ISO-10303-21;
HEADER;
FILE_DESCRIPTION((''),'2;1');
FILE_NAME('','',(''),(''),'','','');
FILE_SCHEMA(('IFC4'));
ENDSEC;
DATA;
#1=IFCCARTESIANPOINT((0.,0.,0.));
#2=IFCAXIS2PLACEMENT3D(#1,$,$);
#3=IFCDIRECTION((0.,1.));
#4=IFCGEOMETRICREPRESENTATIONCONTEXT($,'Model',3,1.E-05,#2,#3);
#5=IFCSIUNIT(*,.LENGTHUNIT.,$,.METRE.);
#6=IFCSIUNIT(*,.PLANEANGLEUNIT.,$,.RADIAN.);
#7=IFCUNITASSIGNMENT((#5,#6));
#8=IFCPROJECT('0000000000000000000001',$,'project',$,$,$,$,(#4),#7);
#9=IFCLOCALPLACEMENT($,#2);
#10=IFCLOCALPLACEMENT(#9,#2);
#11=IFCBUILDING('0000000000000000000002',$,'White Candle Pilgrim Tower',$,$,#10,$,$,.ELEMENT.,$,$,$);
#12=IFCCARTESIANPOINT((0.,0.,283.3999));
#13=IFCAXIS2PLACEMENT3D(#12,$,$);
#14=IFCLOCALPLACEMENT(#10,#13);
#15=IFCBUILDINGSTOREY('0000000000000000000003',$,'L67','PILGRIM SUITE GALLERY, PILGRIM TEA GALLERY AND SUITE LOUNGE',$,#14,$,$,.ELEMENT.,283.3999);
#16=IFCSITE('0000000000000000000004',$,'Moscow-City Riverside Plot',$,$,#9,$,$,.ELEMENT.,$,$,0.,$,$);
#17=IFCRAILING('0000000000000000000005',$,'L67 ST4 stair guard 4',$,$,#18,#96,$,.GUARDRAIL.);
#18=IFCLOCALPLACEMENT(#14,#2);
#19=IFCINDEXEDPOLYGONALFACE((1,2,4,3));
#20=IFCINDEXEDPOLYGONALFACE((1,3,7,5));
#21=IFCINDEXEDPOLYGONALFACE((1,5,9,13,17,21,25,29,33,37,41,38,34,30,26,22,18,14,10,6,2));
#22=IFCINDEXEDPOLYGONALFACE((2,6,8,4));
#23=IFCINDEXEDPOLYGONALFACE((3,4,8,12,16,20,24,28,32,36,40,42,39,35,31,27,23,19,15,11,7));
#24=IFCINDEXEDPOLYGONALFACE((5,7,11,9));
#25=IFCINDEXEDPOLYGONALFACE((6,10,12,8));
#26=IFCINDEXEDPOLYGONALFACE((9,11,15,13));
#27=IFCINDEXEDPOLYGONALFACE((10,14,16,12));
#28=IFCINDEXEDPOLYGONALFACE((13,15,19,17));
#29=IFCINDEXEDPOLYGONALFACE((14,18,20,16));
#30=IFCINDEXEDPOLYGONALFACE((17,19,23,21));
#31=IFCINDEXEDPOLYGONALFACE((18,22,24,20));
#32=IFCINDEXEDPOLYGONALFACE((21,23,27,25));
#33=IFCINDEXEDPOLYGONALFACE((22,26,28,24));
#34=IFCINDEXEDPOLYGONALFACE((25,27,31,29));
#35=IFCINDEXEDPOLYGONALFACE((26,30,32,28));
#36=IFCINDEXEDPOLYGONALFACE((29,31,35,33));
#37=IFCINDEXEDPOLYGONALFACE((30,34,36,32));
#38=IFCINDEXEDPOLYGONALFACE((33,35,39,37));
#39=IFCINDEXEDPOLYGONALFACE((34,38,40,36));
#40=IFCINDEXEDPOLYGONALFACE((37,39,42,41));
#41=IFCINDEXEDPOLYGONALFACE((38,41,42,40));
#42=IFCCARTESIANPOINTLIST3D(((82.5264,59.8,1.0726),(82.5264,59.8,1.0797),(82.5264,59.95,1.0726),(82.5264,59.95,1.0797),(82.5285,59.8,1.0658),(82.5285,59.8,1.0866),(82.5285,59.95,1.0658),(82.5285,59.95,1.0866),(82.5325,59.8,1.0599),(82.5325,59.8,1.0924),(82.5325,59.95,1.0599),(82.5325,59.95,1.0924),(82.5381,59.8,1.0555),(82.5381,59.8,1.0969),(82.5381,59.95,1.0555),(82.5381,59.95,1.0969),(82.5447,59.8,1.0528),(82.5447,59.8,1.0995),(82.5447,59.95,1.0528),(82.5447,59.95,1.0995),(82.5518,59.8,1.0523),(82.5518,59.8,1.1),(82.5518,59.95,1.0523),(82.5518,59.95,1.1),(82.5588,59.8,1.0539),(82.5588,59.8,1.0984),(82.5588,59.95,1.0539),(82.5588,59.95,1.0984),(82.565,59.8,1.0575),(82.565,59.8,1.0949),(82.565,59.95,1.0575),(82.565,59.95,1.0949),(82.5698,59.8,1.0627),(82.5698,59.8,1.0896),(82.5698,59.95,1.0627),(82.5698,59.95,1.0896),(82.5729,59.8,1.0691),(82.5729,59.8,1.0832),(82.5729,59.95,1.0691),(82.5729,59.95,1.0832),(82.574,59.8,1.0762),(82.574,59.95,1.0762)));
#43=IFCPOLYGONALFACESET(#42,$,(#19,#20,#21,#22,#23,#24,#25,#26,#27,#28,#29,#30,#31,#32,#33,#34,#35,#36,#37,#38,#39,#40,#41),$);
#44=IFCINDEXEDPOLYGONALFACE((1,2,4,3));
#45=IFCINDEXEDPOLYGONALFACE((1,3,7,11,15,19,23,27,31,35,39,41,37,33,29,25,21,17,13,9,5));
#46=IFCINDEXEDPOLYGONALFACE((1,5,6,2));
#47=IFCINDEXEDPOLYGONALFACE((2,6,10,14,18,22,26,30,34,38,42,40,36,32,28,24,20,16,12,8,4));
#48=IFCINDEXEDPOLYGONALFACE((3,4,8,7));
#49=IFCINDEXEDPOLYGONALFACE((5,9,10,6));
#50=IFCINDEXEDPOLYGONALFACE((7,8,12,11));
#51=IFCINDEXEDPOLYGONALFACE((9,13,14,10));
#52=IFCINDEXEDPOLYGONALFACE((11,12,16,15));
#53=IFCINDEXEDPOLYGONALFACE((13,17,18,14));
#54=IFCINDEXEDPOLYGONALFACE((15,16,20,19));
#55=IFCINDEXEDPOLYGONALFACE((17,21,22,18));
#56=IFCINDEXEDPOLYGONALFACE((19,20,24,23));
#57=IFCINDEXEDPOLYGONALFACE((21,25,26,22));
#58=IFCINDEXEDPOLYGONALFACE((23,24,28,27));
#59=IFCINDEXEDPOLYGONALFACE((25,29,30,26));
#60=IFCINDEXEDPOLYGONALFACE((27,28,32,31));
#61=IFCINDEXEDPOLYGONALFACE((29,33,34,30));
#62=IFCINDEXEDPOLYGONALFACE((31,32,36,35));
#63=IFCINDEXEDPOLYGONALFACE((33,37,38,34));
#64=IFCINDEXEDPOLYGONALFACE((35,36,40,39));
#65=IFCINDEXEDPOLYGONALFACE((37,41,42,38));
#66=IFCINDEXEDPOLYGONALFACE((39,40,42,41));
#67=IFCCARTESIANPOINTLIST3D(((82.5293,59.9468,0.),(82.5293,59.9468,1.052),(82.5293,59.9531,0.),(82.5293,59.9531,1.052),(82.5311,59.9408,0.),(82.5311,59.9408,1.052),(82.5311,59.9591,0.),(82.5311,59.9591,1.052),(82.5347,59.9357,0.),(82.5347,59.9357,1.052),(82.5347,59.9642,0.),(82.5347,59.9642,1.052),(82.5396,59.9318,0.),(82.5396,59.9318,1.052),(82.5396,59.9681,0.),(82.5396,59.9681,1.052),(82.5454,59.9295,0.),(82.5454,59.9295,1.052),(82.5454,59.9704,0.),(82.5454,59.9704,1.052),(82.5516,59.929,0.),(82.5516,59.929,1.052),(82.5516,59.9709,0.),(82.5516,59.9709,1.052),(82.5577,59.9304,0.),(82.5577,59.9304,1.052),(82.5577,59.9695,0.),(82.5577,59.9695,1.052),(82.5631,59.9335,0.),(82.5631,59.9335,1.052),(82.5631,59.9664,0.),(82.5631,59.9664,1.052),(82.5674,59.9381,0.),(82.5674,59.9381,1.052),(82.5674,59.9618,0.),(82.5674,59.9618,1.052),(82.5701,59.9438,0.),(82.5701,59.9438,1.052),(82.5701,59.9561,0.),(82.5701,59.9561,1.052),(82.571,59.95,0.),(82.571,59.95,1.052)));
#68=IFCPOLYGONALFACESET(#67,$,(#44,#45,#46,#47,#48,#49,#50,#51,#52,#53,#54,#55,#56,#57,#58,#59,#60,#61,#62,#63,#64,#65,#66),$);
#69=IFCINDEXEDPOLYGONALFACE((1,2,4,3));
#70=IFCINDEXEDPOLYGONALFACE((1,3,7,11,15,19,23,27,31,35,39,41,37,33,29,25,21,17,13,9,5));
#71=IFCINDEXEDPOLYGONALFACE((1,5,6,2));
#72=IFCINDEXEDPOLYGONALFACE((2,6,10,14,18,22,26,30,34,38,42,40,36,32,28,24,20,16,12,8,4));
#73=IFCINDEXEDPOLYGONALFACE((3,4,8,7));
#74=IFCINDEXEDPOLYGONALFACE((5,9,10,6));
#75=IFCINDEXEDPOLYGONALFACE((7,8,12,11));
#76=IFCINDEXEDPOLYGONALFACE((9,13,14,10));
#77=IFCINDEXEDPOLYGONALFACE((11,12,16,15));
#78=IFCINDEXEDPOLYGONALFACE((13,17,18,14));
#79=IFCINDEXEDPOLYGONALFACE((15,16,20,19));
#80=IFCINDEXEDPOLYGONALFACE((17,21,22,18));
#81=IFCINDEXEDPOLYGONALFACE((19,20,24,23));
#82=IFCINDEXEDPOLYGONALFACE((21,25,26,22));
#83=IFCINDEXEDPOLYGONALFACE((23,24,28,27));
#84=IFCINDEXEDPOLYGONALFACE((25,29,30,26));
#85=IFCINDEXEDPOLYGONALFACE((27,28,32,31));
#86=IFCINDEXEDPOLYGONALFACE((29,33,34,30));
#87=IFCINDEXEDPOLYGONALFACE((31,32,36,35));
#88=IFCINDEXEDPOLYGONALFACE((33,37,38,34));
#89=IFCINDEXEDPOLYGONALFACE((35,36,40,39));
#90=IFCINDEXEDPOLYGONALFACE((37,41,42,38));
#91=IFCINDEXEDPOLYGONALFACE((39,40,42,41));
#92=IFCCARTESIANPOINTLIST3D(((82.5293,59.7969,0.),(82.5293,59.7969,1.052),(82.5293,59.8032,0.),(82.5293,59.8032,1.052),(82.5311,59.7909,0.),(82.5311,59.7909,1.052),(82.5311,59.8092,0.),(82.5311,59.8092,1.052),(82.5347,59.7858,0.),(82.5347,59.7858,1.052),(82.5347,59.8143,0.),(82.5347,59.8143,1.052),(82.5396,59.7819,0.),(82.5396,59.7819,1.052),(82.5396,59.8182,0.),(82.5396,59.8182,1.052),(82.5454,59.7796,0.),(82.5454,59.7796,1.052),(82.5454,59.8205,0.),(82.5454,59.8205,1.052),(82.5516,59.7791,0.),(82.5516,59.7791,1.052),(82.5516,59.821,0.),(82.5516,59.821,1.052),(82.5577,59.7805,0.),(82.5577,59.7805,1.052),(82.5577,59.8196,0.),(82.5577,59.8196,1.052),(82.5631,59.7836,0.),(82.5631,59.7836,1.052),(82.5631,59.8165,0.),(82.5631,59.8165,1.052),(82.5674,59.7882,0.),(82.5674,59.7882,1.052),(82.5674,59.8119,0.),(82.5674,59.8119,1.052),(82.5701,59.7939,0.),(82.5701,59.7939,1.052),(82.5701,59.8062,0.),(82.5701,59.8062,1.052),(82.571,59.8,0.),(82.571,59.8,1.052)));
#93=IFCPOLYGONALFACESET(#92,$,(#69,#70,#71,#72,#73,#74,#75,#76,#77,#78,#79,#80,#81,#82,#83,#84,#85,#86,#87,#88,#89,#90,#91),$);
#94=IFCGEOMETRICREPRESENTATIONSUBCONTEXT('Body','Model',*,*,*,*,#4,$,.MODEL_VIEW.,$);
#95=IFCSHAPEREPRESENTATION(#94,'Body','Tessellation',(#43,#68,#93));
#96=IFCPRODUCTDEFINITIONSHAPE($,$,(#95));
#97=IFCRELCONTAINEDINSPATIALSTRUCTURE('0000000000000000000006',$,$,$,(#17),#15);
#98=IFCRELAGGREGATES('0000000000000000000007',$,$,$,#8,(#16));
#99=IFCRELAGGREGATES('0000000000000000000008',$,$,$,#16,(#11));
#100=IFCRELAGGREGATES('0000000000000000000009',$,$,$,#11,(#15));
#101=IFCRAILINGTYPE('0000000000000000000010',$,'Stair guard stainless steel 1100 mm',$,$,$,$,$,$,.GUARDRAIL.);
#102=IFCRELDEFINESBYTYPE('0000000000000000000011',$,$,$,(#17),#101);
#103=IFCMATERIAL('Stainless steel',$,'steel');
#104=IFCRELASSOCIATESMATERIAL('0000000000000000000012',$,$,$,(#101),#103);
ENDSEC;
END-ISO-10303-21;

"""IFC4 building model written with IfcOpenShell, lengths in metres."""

from ifc_helpers import new_model, si_unit, direction, frame, origin, origin_2d, place, context, subcontext, project, spatial, circle, extrude, material, type_object, element, save


model = new_model("IFC4")

# Units and contexts
model_context = context("Model", 3, precision=1e-05, world=origin(), true_north=direction((0.0, 1.0)))
body_context = subcontext(model_context, "Body", "Model", "MODEL_VIEW")
ifc_project = project(units=[si_unit("LENGTHUNIT", "METRE"), si_unit("PLANEANGLEUNIT", "RADIAN")], contexts=[model_context])

# Site, building, storey
site_placement = place(None, origin())
site = spatial("IfcSite", under=ifc_project, at=site_placement, Name="Moscow-City Riverside Plot", CompositionType="ELEMENT", RefElevation=0.0)
building_placement = place(site_placement, origin())
building = spatial("IfcBuilding", under=site, at=building_placement, Name="White Candle Pilgrim Tower", CompositionType="ELEMENT")
storey_placement = place(building_placement, frame((0.0, 0.0, 283.3999)))
storey = spatial("IfcBuildingStorey", under=building, at=storey_placement, Name="L67", Description="PILGRIM SUITE GALLERY, PILGRIM TEA GALLERY AND SUITE LOUNGE", CompositionType="ELEMENT", Elevation=283.3999)

# Railing
ifc_material_1 = material(Name="Stainless steel", Category="steel")
railing_type = type_object("IfcRailingType", Name="Stair guard stainless steel 1100 mm", PredefinedType="GUARDRAIL", material=ifc_material_1)
railing_1_placement = place(storey_placement, frame((82.55, 59.95, 0.0)))
element("IfcRailing", 1, at=railing_1_placement, inside=storey, type_object=railing_type, Name="L67 ST4 stair guard 4", PredefinedType="GUARDRAIL", context=body_context, shape_type="SweptSolid", body=[
    extrude(circle(Radius=0.0239, at=origin_2d()), frame((0.0, 0.0, 1.0762), z_axis=(0.0, -1.0, 0.0), x_axis=(1.0, 0.0, 0.0)), (0.0, 0.0, 1.0), 0.1499),
    extrude(circle(Radius=0.021, at=origin_2d()), origin(), (0.0, 0.0, 1.0), 1.052),
    extrude(circle(Radius=0.021, at=origin_2d()), frame((0.0, -0.1499, 0.0)), (0.0, 0.0, 1.0), 1.052),
])

save(model, "model.ifc")
